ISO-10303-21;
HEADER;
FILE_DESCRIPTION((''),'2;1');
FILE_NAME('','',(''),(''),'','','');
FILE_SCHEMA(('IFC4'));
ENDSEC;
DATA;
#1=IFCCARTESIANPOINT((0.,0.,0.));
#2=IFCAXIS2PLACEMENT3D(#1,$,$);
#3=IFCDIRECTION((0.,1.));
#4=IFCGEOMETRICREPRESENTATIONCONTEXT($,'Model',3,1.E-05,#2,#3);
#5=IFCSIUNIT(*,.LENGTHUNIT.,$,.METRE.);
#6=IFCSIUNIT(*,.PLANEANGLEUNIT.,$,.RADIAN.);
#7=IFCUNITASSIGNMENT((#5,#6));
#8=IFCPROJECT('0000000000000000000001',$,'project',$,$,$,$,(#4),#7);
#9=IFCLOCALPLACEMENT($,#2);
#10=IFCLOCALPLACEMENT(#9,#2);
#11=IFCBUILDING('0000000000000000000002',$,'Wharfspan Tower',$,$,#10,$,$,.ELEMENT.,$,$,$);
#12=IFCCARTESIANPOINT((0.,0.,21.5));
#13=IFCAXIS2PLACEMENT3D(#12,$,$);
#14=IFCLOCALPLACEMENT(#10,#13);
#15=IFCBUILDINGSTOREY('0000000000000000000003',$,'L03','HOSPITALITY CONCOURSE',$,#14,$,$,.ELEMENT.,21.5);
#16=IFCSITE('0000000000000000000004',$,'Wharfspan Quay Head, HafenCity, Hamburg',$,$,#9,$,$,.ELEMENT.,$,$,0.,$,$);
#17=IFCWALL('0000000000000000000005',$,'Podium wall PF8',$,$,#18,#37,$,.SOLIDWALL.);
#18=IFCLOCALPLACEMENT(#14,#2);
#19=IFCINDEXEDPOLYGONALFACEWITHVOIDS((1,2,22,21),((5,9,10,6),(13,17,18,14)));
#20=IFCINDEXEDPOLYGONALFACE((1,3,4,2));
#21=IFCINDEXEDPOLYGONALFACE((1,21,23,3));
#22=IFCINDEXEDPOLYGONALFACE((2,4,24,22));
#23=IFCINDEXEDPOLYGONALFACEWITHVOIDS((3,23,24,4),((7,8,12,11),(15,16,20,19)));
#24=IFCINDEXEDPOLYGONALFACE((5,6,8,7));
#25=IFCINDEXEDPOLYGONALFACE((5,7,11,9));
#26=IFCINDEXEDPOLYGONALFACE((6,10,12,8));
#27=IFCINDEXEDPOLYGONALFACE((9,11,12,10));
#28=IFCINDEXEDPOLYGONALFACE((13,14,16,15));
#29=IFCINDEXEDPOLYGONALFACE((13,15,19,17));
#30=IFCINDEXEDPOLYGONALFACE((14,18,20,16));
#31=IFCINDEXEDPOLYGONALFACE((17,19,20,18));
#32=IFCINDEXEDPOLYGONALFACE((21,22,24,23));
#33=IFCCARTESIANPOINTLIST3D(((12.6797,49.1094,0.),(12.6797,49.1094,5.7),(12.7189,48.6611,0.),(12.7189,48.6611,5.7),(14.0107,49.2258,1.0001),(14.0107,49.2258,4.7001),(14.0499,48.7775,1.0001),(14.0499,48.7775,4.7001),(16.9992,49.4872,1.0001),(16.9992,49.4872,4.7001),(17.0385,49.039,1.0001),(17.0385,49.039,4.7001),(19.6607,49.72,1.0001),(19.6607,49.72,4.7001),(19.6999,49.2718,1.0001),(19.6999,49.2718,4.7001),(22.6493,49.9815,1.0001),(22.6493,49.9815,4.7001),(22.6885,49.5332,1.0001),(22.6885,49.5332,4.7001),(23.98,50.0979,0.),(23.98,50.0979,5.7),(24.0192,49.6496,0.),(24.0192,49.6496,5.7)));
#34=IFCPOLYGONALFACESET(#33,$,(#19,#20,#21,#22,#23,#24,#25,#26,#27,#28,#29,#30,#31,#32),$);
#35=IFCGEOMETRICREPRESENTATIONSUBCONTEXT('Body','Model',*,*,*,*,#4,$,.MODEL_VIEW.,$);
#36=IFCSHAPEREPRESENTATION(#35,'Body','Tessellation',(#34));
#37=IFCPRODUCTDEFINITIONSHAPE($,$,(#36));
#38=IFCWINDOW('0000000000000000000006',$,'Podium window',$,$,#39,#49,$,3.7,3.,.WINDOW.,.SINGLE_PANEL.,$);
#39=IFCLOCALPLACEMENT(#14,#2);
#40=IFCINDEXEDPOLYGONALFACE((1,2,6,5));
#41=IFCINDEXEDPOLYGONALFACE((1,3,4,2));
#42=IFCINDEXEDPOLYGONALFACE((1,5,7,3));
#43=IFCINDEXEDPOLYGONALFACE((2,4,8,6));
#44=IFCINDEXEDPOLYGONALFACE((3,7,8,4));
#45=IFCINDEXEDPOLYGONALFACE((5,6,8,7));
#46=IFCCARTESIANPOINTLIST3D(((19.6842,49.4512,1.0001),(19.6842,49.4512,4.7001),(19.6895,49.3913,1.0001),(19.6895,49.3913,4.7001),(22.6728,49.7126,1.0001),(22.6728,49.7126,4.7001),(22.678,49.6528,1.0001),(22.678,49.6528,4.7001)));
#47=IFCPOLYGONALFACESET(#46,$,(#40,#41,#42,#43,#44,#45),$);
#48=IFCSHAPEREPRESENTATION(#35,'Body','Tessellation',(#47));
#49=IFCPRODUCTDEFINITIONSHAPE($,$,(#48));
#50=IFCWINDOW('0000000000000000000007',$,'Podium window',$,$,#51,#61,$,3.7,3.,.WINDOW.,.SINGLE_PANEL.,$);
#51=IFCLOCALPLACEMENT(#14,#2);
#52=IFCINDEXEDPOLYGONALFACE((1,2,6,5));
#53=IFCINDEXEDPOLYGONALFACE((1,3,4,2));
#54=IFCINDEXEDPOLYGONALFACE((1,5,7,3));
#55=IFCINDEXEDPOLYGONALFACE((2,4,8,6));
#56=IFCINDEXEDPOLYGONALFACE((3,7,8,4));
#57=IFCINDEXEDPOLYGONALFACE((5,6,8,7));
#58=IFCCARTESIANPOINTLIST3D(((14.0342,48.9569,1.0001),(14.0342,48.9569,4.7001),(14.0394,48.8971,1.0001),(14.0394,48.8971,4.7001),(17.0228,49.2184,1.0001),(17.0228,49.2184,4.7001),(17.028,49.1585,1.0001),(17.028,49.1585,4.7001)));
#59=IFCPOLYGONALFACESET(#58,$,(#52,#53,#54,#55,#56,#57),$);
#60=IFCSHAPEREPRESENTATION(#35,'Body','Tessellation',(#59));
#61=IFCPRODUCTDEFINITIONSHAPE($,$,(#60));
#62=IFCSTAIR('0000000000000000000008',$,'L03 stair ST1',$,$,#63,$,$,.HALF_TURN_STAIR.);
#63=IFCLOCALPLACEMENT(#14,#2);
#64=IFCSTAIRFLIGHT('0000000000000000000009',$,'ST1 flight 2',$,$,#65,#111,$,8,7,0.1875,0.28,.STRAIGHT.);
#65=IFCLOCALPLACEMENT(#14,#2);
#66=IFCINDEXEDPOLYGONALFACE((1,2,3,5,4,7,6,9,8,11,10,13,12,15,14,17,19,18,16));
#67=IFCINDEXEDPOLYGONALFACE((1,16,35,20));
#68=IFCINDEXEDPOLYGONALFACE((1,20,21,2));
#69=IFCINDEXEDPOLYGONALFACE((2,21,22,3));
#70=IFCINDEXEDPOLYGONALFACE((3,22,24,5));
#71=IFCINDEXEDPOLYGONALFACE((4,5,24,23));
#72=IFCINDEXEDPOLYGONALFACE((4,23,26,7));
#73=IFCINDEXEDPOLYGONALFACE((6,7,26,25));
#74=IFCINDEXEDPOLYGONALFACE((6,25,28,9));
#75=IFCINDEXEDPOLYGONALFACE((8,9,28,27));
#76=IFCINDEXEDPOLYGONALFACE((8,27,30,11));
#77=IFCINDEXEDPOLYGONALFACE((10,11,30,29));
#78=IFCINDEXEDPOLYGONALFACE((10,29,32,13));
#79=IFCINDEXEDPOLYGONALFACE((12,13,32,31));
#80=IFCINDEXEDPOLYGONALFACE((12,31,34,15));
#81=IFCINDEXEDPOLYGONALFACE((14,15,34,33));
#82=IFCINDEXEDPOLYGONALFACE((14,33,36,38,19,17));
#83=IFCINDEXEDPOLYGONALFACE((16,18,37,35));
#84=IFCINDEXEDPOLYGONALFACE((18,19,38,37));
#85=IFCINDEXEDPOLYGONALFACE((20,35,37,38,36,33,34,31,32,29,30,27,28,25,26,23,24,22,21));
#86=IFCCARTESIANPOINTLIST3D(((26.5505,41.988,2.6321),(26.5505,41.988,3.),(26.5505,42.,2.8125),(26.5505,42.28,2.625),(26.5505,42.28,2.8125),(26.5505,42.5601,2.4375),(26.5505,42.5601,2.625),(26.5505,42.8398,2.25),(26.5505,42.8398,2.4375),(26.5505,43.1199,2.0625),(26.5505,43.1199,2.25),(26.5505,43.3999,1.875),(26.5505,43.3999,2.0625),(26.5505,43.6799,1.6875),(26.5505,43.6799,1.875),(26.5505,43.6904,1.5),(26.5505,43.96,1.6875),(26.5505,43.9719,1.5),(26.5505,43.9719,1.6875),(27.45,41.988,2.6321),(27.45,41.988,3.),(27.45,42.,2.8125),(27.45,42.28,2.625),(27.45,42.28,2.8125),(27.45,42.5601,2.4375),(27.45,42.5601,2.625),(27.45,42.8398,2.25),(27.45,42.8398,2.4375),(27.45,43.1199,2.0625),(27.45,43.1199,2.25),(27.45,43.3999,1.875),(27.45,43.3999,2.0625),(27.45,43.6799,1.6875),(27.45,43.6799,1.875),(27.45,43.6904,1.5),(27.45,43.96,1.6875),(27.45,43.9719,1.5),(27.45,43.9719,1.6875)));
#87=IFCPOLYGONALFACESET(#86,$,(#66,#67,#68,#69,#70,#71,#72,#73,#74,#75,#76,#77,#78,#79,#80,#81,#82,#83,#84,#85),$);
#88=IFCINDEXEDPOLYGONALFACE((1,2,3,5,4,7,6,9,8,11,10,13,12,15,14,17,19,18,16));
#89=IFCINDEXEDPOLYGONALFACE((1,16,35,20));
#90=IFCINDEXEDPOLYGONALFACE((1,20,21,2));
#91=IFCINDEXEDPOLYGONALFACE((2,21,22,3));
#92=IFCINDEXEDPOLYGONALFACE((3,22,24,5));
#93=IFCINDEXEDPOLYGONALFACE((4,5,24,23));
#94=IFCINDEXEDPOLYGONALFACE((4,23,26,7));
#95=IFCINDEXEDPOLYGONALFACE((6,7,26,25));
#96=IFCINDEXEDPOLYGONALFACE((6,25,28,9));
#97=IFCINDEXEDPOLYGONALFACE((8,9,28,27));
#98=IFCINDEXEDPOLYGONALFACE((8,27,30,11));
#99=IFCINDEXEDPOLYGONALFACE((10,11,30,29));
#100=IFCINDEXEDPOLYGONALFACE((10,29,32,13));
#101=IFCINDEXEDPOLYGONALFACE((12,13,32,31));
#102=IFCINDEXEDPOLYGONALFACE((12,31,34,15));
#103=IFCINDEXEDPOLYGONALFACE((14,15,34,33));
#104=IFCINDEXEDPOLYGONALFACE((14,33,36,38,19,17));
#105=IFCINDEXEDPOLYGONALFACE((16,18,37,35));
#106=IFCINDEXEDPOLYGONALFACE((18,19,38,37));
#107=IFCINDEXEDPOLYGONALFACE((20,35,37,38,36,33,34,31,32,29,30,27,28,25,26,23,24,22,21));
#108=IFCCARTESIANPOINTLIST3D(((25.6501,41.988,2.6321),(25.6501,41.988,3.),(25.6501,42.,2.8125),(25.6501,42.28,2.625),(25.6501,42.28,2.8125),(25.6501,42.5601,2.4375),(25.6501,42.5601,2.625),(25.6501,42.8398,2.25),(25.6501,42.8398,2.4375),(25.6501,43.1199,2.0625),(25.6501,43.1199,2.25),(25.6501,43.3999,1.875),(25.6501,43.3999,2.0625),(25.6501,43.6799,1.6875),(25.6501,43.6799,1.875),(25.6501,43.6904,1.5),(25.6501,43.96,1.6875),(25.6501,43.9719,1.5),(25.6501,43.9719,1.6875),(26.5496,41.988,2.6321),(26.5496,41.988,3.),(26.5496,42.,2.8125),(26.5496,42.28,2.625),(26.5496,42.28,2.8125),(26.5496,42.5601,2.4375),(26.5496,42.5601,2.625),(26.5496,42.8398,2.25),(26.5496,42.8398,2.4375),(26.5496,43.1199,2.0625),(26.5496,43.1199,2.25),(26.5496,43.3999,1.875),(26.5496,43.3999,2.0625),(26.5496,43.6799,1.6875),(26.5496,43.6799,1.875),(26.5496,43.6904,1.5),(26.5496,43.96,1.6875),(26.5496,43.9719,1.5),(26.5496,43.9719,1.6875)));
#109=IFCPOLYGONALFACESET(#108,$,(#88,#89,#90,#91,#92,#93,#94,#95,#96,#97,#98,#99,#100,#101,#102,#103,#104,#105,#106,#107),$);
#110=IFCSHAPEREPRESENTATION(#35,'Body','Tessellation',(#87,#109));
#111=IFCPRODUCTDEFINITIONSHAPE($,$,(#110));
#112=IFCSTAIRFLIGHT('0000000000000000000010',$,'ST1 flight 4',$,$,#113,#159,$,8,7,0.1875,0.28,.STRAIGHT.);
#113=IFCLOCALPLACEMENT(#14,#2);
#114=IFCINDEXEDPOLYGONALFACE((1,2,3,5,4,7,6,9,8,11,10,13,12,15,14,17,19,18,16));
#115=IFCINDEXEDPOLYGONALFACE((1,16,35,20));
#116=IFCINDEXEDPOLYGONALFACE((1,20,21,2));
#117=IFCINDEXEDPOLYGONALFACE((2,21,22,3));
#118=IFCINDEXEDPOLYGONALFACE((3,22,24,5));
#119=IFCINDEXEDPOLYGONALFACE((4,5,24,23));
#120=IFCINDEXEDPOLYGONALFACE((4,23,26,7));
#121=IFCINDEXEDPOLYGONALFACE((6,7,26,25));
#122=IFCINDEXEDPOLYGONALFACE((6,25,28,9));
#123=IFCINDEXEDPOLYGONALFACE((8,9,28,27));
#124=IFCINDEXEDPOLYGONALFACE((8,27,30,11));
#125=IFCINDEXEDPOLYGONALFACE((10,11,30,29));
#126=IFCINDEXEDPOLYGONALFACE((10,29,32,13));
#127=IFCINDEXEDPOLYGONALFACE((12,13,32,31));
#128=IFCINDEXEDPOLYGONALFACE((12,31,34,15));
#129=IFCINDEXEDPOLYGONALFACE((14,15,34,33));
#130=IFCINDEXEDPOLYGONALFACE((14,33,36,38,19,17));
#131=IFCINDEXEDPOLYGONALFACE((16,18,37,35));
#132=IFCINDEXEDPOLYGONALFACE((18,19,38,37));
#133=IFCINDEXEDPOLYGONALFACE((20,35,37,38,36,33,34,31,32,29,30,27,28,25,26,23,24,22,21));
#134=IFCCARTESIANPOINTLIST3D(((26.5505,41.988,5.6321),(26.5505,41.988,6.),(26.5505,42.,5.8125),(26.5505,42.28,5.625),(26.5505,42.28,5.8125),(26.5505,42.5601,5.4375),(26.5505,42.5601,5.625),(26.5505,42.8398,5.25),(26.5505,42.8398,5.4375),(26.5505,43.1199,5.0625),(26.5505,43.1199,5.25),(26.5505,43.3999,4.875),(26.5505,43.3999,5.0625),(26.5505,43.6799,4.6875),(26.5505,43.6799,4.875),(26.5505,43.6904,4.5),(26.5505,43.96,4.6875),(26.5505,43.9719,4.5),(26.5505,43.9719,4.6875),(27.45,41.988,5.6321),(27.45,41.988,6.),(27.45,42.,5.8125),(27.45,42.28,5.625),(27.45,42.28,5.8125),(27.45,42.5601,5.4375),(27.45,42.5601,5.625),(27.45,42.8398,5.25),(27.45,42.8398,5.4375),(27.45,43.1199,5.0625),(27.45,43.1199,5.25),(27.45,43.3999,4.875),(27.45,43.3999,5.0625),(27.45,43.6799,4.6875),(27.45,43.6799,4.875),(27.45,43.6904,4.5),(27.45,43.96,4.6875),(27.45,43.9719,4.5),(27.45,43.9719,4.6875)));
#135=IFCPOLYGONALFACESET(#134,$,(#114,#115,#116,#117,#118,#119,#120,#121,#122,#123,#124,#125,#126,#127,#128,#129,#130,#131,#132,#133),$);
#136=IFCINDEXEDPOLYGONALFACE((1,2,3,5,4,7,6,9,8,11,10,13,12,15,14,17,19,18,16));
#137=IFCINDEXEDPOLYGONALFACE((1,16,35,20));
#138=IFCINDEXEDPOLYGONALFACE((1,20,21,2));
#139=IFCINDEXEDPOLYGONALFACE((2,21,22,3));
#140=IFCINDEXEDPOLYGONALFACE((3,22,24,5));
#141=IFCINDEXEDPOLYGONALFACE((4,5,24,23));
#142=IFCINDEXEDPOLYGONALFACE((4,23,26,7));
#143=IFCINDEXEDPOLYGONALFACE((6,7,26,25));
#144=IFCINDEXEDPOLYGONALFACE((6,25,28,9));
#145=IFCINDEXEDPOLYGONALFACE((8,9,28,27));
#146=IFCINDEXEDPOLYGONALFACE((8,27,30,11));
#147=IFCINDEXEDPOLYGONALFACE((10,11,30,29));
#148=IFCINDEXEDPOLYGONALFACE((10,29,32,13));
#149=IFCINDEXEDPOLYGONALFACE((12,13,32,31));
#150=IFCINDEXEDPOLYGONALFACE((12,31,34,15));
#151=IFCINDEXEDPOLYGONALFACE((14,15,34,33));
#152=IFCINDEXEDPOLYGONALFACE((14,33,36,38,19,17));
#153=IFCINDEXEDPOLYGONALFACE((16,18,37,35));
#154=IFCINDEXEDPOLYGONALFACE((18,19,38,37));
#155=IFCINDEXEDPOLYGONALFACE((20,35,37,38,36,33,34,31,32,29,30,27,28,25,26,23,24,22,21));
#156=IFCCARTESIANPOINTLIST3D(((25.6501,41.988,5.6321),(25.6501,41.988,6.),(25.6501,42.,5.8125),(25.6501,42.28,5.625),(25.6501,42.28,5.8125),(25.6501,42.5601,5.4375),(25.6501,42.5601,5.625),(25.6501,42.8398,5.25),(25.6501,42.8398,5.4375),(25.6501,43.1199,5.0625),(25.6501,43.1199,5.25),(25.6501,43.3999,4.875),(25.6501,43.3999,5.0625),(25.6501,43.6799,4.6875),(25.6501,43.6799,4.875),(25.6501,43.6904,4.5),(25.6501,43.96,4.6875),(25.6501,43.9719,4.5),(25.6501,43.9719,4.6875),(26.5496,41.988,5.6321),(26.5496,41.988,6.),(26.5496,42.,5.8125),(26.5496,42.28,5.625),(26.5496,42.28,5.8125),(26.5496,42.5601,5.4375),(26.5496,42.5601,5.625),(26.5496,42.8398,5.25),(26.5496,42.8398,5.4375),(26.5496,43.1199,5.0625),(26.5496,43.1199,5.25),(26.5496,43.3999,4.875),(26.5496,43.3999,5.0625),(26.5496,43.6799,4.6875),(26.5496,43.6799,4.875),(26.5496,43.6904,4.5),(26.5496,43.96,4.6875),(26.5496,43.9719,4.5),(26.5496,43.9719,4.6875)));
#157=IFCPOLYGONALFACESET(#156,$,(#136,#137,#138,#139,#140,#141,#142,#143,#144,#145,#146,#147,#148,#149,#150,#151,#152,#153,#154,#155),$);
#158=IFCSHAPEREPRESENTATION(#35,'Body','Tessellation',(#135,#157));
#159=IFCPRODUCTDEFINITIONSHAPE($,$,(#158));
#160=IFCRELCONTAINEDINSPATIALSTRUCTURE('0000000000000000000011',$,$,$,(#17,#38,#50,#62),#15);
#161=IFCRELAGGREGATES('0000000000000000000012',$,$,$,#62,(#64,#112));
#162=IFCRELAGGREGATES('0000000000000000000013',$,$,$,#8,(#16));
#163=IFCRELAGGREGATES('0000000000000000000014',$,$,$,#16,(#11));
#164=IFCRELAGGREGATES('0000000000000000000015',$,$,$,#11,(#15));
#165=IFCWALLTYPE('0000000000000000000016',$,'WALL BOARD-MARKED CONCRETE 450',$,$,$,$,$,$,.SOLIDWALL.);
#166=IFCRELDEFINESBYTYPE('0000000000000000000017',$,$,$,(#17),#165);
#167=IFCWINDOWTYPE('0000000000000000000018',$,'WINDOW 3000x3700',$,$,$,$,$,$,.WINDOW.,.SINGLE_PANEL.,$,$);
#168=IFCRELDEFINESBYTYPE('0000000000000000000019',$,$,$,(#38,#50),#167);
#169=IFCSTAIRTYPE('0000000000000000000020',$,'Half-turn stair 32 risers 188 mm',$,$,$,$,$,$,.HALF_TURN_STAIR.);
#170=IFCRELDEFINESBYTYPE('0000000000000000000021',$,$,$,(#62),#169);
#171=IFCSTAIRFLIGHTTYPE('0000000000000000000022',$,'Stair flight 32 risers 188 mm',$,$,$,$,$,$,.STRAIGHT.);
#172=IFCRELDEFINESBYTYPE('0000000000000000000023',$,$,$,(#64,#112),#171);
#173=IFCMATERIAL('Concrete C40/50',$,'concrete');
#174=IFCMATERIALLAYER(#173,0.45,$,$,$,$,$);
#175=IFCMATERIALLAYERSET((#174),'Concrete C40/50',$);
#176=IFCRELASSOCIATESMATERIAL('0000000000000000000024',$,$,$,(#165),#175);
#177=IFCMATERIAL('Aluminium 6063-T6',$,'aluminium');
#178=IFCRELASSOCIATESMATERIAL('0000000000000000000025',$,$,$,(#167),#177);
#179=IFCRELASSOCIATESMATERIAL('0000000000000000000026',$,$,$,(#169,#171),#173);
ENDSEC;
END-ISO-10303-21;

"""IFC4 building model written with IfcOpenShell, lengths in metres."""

from ifc_helpers import new_model, si_unit, direction, frame, frame_2d, origin, place, context, subcontext, project, spatial, polyline, rectangle, outline, extrude, material, layer, layer_set, type_object, element, fill, aggregate, save


model = new_model("IFC4")

# Units and contexts
model_context = context("Model", 3, precision=1e-05, world=origin(), true_north=direction((0.0, 1.0)))
body_context = subcontext(model_context, "Body", "Model", "MODEL_VIEW")
ifc_project = project(units=[si_unit("LENGTHUNIT", "METRE"), si_unit("PLANEANGLEUNIT", "RADIAN")], contexts=[model_context])

# Site, building, storey
site_placement = place(None, origin())
site = spatial("IfcSite", under=ifc_project, at=site_placement, Name="Wharfspan Quay Head, HafenCity, Hamburg", CompositionType="ELEMENT", RefElevation=0.0)
building_placement = place(site_placement, origin())
building = spatial("IfcBuilding", under=site, at=building_placement, Name="Wharfspan Tower", CompositionType="ELEMENT")
storey_placement = place(building_placement, frame((0.0, 0.0, 21.5)))
storey = spatial("IfcBuildingStorey", under=building, at=storey_placement, Name="L03", Description="HOSPITALITY CONCOURSE", CompositionType="ELEMENT", Elevation=21.5)

# Shared definitions
ifc_material_1 = material(Name="Concrete C40/50", Category="concrete")

# Wall, openings, windows
ifc_layer_1 = layer(ifc_material_1, 0.45)
ifc_layer_set_1 = layer_set([ifc_layer_1], Name="Concrete C40/50")
wall_type_1 = type_object("IfcWallType", Name="WALL BOARD-MARKED CONCRETE 450", PredefinedType="SOLIDWALL", material=ifc_layer_set_1)
wall_1_placement = place(storey_placement, frame((23.9998, 49.8738, 0.0), z_axis=(0.0, 0.0, 1.0), x_axis=(-0.996195, -0.087145, 0.0)))
wall_1 = element("IfcWall", 1, at=wall_1_placement, inside=storey, type_object=wall_type_1, Name="Podium wall PF8", PredefinedType="SOLIDWALL", context=body_context, shape_type="SweptSolid", body=[
    extrude(rectangle(XDim=11.3435, YDim=0.45, at=frame_2d((5.6719, 0.0))), origin(), (0.0, 0.0, 1.0), 5.7),
])
opening_1_placement = place(wall_1_placement, frame((1.3359, 0.0, 1.0)))
opening_1 = element("IfcOpeningElement", 2, at=opening_1_placement, cuts=wall_1, PredefinedType="OPENING", context=body_context, shape_type="SweptSolid", body=[
    extrude(rectangle(XDim=3.0, YDim=3.7, at=frame_2d((1.5, 1.8501))), frame((0.0, 0.2349, 0.0), z_axis=(0.0, -1.0, 0.0), x_axis=(1.0, 0.0, 0.0)), (0.0, 0.0, 1.0), 0.47),
])
opening_2_placement = place(wall_1_placement, frame((7.0076, 0.0, 1.0)))
opening_2 = element("IfcOpeningElement", 3, at=opening_2_placement, cuts=wall_1, PredefinedType="OPENING", context=body_context, shape_type="SweptSolid", body=[
    extrude(rectangle(XDim=3.0, YDim=3.7, at=frame_2d((1.5, 1.8501))), frame((0.0, 0.2349, 0.0), z_axis=(0.0, -1.0, 0.0), x_axis=(1.0, 0.0, 0.0)), (0.0, 0.0, 1.0), 0.47),
])
ifc_material_2 = material(Name="Aluminium 6063-T6", Category="aluminium")
window_type = type_object("IfcWindowType", Name="WINDOW 3000x3700", PartitioningType="SINGLE_PANEL", PredefinedType="WINDOW", material=ifc_material_2)
window_1_placement = place(opening_1_placement, origin())
window_1 = element("IfcWindow", 4, at=window_1_placement, inside=storey, type_object=window_type, Name="Podium window", OverallHeight=3.7, OverallWidth=3.0, PartitioningType="SINGLE_PANEL", PredefinedType="WINDOW", context=body_context, shape_type="SweptSolid", body=[
    extrude(rectangle(XDim=3.0, YDim=3.7, at=frame_2d((1.5, 1.8501))), frame((0.0, 0.105, 0.0), z_axis=(0.0, -1.0, 0.0), x_axis=(1.0, 0.0, 0.0)), (0.0, 0.0, 1.0), 0.0601),
])
fill(opening_1, window_1)
window_2_placement = place(opening_2_placement, origin())
window_2 = element("IfcWindow", 5, at=window_2_placement, inside=storey, type_object=window_type, Name="Podium window", OverallHeight=3.7, OverallWidth=3.0, PartitioningType="SINGLE_PANEL", PredefinedType="WINDOW", context=body_context, shape_type="SweptSolid", body=[
    extrude(rectangle(XDim=3.0, YDim=3.7, at=frame_2d((1.5, 1.8501))), frame((0.0, 0.105, 0.0), z_axis=(0.0, -1.0, 0.0), x_axis=(1.0, 0.0, 0.0)), (0.0, 0.0, 1.0), 0.0601),
])
fill(opening_2, window_2)

# Stair, stair flights
stair_type = type_object("IfcStairType", Name="Half-turn stair 32 risers 188 mm", PredefinedType="HALF_TURN_STAIR", material=ifc_material_1)
stair_placement = place(storey_placement, origin())
stair = element("IfcStair", 6, at=stair_placement, inside=storey, type_object=stair_type, Name="L03 stair ST1", PredefinedType="HALF_TURN_STAIR")
stair_flight_type = type_object("IfcStairFlightType", Name="Stair flight 32 risers 188 mm", PredefinedType="STRAIGHT", material=ifc_material_1)
stair_flight_1_placement = place(storey_placement, frame((26.55, 43.96, 1.5), z_axis=(0.0, 0.0, 1.0), x_axis=(0.0, -1.0, 0.0)))
stair_flight_1 = element("IfcStairFlight", 7, at=stair_flight_1_placement, type_object=stair_flight_type, Name="ST1 flight 2", NumberOfRisers=8, NumberOfTreads=7, PredefinedType="STRAIGHT", RiserHeight=0.1875, TreadLength=0.28, context=body_context, shape_type="SweptSolid", body=[
    extrude(outline(polyline([(-0.012, 0.0), (-0.012, 0.1875), (0.0, 0.1875), (0.28, 0.1875), (0.28, 0.375), (0.5601, 0.375), (0.5601, 0.5625), (0.8401, 0.5625), (0.8401, 0.75), (1.1201, 0.75), (1.1201, 0.9375), (1.3999, 0.9375), (1.3999, 1.125), (1.6799, 1.125), (1.6799, 1.3125), (1.96, 1.3125), (1.9719, 1.5), (1.9719, 1.1321), (0.2695, 0.0), (-0.012, 0.0)])), frame((0.0, 0.8999, 0.0), z_axis=(0.0, -1.0, 0.0), x_axis=(1.0, 0.0, 0.0)), (0.0, 0.0, 1.0), 0.8994),
    extrude(outline(polyline([(-0.012, 0.0), (-0.012, 0.1875), (0.0, 0.1875), (0.28, 0.1875), (0.28, 0.375), (0.5601, 0.375), (0.5601, 0.5625), (0.8401, 0.5625), (0.8401, 0.75), (1.1201, 0.75), (1.1201, 0.9375), (1.3999, 0.9375), (1.3999, 1.125), (1.6799, 1.125), (1.6799, 1.3125), (1.96, 1.3125), (1.9719, 1.5), (1.9719, 1.1321), (0.2695, 0.0), (-0.012, 0.0)])), frame((0.0, -0.0005, 0.0), z_axis=(0.0, -1.0, 0.0), x_axis=(1.0, 0.0, 0.0)), (0.0, 0.0, 1.0), 0.8994),
])
stair_flight_2_placement = place(storey_placement, frame((26.55, 43.96, 4.5), z_axis=(0.0, 0.0, 1.0), x_axis=(0.0, -1.0, 0.0)))
stair_flight_2 = element("IfcStairFlight", 8, at=stair_flight_2_placement, type_object=stair_flight_type, Name="ST1 flight 4", NumberOfRisers=8, NumberOfTreads=7, PredefinedType="STRAIGHT", RiserHeight=0.1875, TreadLength=0.28, context=body_context, shape_type="SweptSolid", body=[
    extrude(outline(polyline([(-0.012, 0.0), (-0.012, 0.1875), (0.0, 0.1875), (0.28, 0.1875), (0.28, 0.375), (0.5601, 0.375), (0.5601, 0.5625), (0.8401, 0.5625), (0.8401, 0.75), (1.1201, 0.75), (1.1201, 0.9375), (1.3999, 0.9375), (1.3999, 1.125), (1.6799, 1.125), (1.6799, 1.3125), (1.96, 1.3125), (1.9719, 1.5), (1.9719, 1.1321), (0.2695, 0.0), (-0.012, 0.0)])), frame((0.0, 0.8999, 0.0), z_axis=(0.0, -1.0, 0.0), x_axis=(1.0, 0.0, 0.0)), (0.0, 0.0, 1.0), 0.8994),
    extrude(outline(polyline([(-0.012, 0.0), (-0.012, 0.1875), (0.0, 0.1875), (0.28, 0.1875), (0.28, 0.375), (0.5601, 0.375), (0.5601, 0.5625), (0.8401, 0.5625), (0.8401, 0.75), (1.1201, 0.75), (1.1201, 0.9375), (1.3999, 0.9375), (1.3999, 1.125), (1.6799, 1.125), (1.6799, 1.3125), (1.96, 1.3125), (1.9719, 1.5), (1.9719, 1.1321), (0.2695, 0.0), (-0.012, 0.0)])), frame((0.0, -0.0005, 0.0), z_axis=(0.0, -1.0, 0.0), x_axis=(1.0, 0.0, 0.0)), (0.0, 0.0, 1.0), 0.8994),
])
aggregate(stair, [stair_flight_1, stair_flight_2])

save(model, "model.ifc")
